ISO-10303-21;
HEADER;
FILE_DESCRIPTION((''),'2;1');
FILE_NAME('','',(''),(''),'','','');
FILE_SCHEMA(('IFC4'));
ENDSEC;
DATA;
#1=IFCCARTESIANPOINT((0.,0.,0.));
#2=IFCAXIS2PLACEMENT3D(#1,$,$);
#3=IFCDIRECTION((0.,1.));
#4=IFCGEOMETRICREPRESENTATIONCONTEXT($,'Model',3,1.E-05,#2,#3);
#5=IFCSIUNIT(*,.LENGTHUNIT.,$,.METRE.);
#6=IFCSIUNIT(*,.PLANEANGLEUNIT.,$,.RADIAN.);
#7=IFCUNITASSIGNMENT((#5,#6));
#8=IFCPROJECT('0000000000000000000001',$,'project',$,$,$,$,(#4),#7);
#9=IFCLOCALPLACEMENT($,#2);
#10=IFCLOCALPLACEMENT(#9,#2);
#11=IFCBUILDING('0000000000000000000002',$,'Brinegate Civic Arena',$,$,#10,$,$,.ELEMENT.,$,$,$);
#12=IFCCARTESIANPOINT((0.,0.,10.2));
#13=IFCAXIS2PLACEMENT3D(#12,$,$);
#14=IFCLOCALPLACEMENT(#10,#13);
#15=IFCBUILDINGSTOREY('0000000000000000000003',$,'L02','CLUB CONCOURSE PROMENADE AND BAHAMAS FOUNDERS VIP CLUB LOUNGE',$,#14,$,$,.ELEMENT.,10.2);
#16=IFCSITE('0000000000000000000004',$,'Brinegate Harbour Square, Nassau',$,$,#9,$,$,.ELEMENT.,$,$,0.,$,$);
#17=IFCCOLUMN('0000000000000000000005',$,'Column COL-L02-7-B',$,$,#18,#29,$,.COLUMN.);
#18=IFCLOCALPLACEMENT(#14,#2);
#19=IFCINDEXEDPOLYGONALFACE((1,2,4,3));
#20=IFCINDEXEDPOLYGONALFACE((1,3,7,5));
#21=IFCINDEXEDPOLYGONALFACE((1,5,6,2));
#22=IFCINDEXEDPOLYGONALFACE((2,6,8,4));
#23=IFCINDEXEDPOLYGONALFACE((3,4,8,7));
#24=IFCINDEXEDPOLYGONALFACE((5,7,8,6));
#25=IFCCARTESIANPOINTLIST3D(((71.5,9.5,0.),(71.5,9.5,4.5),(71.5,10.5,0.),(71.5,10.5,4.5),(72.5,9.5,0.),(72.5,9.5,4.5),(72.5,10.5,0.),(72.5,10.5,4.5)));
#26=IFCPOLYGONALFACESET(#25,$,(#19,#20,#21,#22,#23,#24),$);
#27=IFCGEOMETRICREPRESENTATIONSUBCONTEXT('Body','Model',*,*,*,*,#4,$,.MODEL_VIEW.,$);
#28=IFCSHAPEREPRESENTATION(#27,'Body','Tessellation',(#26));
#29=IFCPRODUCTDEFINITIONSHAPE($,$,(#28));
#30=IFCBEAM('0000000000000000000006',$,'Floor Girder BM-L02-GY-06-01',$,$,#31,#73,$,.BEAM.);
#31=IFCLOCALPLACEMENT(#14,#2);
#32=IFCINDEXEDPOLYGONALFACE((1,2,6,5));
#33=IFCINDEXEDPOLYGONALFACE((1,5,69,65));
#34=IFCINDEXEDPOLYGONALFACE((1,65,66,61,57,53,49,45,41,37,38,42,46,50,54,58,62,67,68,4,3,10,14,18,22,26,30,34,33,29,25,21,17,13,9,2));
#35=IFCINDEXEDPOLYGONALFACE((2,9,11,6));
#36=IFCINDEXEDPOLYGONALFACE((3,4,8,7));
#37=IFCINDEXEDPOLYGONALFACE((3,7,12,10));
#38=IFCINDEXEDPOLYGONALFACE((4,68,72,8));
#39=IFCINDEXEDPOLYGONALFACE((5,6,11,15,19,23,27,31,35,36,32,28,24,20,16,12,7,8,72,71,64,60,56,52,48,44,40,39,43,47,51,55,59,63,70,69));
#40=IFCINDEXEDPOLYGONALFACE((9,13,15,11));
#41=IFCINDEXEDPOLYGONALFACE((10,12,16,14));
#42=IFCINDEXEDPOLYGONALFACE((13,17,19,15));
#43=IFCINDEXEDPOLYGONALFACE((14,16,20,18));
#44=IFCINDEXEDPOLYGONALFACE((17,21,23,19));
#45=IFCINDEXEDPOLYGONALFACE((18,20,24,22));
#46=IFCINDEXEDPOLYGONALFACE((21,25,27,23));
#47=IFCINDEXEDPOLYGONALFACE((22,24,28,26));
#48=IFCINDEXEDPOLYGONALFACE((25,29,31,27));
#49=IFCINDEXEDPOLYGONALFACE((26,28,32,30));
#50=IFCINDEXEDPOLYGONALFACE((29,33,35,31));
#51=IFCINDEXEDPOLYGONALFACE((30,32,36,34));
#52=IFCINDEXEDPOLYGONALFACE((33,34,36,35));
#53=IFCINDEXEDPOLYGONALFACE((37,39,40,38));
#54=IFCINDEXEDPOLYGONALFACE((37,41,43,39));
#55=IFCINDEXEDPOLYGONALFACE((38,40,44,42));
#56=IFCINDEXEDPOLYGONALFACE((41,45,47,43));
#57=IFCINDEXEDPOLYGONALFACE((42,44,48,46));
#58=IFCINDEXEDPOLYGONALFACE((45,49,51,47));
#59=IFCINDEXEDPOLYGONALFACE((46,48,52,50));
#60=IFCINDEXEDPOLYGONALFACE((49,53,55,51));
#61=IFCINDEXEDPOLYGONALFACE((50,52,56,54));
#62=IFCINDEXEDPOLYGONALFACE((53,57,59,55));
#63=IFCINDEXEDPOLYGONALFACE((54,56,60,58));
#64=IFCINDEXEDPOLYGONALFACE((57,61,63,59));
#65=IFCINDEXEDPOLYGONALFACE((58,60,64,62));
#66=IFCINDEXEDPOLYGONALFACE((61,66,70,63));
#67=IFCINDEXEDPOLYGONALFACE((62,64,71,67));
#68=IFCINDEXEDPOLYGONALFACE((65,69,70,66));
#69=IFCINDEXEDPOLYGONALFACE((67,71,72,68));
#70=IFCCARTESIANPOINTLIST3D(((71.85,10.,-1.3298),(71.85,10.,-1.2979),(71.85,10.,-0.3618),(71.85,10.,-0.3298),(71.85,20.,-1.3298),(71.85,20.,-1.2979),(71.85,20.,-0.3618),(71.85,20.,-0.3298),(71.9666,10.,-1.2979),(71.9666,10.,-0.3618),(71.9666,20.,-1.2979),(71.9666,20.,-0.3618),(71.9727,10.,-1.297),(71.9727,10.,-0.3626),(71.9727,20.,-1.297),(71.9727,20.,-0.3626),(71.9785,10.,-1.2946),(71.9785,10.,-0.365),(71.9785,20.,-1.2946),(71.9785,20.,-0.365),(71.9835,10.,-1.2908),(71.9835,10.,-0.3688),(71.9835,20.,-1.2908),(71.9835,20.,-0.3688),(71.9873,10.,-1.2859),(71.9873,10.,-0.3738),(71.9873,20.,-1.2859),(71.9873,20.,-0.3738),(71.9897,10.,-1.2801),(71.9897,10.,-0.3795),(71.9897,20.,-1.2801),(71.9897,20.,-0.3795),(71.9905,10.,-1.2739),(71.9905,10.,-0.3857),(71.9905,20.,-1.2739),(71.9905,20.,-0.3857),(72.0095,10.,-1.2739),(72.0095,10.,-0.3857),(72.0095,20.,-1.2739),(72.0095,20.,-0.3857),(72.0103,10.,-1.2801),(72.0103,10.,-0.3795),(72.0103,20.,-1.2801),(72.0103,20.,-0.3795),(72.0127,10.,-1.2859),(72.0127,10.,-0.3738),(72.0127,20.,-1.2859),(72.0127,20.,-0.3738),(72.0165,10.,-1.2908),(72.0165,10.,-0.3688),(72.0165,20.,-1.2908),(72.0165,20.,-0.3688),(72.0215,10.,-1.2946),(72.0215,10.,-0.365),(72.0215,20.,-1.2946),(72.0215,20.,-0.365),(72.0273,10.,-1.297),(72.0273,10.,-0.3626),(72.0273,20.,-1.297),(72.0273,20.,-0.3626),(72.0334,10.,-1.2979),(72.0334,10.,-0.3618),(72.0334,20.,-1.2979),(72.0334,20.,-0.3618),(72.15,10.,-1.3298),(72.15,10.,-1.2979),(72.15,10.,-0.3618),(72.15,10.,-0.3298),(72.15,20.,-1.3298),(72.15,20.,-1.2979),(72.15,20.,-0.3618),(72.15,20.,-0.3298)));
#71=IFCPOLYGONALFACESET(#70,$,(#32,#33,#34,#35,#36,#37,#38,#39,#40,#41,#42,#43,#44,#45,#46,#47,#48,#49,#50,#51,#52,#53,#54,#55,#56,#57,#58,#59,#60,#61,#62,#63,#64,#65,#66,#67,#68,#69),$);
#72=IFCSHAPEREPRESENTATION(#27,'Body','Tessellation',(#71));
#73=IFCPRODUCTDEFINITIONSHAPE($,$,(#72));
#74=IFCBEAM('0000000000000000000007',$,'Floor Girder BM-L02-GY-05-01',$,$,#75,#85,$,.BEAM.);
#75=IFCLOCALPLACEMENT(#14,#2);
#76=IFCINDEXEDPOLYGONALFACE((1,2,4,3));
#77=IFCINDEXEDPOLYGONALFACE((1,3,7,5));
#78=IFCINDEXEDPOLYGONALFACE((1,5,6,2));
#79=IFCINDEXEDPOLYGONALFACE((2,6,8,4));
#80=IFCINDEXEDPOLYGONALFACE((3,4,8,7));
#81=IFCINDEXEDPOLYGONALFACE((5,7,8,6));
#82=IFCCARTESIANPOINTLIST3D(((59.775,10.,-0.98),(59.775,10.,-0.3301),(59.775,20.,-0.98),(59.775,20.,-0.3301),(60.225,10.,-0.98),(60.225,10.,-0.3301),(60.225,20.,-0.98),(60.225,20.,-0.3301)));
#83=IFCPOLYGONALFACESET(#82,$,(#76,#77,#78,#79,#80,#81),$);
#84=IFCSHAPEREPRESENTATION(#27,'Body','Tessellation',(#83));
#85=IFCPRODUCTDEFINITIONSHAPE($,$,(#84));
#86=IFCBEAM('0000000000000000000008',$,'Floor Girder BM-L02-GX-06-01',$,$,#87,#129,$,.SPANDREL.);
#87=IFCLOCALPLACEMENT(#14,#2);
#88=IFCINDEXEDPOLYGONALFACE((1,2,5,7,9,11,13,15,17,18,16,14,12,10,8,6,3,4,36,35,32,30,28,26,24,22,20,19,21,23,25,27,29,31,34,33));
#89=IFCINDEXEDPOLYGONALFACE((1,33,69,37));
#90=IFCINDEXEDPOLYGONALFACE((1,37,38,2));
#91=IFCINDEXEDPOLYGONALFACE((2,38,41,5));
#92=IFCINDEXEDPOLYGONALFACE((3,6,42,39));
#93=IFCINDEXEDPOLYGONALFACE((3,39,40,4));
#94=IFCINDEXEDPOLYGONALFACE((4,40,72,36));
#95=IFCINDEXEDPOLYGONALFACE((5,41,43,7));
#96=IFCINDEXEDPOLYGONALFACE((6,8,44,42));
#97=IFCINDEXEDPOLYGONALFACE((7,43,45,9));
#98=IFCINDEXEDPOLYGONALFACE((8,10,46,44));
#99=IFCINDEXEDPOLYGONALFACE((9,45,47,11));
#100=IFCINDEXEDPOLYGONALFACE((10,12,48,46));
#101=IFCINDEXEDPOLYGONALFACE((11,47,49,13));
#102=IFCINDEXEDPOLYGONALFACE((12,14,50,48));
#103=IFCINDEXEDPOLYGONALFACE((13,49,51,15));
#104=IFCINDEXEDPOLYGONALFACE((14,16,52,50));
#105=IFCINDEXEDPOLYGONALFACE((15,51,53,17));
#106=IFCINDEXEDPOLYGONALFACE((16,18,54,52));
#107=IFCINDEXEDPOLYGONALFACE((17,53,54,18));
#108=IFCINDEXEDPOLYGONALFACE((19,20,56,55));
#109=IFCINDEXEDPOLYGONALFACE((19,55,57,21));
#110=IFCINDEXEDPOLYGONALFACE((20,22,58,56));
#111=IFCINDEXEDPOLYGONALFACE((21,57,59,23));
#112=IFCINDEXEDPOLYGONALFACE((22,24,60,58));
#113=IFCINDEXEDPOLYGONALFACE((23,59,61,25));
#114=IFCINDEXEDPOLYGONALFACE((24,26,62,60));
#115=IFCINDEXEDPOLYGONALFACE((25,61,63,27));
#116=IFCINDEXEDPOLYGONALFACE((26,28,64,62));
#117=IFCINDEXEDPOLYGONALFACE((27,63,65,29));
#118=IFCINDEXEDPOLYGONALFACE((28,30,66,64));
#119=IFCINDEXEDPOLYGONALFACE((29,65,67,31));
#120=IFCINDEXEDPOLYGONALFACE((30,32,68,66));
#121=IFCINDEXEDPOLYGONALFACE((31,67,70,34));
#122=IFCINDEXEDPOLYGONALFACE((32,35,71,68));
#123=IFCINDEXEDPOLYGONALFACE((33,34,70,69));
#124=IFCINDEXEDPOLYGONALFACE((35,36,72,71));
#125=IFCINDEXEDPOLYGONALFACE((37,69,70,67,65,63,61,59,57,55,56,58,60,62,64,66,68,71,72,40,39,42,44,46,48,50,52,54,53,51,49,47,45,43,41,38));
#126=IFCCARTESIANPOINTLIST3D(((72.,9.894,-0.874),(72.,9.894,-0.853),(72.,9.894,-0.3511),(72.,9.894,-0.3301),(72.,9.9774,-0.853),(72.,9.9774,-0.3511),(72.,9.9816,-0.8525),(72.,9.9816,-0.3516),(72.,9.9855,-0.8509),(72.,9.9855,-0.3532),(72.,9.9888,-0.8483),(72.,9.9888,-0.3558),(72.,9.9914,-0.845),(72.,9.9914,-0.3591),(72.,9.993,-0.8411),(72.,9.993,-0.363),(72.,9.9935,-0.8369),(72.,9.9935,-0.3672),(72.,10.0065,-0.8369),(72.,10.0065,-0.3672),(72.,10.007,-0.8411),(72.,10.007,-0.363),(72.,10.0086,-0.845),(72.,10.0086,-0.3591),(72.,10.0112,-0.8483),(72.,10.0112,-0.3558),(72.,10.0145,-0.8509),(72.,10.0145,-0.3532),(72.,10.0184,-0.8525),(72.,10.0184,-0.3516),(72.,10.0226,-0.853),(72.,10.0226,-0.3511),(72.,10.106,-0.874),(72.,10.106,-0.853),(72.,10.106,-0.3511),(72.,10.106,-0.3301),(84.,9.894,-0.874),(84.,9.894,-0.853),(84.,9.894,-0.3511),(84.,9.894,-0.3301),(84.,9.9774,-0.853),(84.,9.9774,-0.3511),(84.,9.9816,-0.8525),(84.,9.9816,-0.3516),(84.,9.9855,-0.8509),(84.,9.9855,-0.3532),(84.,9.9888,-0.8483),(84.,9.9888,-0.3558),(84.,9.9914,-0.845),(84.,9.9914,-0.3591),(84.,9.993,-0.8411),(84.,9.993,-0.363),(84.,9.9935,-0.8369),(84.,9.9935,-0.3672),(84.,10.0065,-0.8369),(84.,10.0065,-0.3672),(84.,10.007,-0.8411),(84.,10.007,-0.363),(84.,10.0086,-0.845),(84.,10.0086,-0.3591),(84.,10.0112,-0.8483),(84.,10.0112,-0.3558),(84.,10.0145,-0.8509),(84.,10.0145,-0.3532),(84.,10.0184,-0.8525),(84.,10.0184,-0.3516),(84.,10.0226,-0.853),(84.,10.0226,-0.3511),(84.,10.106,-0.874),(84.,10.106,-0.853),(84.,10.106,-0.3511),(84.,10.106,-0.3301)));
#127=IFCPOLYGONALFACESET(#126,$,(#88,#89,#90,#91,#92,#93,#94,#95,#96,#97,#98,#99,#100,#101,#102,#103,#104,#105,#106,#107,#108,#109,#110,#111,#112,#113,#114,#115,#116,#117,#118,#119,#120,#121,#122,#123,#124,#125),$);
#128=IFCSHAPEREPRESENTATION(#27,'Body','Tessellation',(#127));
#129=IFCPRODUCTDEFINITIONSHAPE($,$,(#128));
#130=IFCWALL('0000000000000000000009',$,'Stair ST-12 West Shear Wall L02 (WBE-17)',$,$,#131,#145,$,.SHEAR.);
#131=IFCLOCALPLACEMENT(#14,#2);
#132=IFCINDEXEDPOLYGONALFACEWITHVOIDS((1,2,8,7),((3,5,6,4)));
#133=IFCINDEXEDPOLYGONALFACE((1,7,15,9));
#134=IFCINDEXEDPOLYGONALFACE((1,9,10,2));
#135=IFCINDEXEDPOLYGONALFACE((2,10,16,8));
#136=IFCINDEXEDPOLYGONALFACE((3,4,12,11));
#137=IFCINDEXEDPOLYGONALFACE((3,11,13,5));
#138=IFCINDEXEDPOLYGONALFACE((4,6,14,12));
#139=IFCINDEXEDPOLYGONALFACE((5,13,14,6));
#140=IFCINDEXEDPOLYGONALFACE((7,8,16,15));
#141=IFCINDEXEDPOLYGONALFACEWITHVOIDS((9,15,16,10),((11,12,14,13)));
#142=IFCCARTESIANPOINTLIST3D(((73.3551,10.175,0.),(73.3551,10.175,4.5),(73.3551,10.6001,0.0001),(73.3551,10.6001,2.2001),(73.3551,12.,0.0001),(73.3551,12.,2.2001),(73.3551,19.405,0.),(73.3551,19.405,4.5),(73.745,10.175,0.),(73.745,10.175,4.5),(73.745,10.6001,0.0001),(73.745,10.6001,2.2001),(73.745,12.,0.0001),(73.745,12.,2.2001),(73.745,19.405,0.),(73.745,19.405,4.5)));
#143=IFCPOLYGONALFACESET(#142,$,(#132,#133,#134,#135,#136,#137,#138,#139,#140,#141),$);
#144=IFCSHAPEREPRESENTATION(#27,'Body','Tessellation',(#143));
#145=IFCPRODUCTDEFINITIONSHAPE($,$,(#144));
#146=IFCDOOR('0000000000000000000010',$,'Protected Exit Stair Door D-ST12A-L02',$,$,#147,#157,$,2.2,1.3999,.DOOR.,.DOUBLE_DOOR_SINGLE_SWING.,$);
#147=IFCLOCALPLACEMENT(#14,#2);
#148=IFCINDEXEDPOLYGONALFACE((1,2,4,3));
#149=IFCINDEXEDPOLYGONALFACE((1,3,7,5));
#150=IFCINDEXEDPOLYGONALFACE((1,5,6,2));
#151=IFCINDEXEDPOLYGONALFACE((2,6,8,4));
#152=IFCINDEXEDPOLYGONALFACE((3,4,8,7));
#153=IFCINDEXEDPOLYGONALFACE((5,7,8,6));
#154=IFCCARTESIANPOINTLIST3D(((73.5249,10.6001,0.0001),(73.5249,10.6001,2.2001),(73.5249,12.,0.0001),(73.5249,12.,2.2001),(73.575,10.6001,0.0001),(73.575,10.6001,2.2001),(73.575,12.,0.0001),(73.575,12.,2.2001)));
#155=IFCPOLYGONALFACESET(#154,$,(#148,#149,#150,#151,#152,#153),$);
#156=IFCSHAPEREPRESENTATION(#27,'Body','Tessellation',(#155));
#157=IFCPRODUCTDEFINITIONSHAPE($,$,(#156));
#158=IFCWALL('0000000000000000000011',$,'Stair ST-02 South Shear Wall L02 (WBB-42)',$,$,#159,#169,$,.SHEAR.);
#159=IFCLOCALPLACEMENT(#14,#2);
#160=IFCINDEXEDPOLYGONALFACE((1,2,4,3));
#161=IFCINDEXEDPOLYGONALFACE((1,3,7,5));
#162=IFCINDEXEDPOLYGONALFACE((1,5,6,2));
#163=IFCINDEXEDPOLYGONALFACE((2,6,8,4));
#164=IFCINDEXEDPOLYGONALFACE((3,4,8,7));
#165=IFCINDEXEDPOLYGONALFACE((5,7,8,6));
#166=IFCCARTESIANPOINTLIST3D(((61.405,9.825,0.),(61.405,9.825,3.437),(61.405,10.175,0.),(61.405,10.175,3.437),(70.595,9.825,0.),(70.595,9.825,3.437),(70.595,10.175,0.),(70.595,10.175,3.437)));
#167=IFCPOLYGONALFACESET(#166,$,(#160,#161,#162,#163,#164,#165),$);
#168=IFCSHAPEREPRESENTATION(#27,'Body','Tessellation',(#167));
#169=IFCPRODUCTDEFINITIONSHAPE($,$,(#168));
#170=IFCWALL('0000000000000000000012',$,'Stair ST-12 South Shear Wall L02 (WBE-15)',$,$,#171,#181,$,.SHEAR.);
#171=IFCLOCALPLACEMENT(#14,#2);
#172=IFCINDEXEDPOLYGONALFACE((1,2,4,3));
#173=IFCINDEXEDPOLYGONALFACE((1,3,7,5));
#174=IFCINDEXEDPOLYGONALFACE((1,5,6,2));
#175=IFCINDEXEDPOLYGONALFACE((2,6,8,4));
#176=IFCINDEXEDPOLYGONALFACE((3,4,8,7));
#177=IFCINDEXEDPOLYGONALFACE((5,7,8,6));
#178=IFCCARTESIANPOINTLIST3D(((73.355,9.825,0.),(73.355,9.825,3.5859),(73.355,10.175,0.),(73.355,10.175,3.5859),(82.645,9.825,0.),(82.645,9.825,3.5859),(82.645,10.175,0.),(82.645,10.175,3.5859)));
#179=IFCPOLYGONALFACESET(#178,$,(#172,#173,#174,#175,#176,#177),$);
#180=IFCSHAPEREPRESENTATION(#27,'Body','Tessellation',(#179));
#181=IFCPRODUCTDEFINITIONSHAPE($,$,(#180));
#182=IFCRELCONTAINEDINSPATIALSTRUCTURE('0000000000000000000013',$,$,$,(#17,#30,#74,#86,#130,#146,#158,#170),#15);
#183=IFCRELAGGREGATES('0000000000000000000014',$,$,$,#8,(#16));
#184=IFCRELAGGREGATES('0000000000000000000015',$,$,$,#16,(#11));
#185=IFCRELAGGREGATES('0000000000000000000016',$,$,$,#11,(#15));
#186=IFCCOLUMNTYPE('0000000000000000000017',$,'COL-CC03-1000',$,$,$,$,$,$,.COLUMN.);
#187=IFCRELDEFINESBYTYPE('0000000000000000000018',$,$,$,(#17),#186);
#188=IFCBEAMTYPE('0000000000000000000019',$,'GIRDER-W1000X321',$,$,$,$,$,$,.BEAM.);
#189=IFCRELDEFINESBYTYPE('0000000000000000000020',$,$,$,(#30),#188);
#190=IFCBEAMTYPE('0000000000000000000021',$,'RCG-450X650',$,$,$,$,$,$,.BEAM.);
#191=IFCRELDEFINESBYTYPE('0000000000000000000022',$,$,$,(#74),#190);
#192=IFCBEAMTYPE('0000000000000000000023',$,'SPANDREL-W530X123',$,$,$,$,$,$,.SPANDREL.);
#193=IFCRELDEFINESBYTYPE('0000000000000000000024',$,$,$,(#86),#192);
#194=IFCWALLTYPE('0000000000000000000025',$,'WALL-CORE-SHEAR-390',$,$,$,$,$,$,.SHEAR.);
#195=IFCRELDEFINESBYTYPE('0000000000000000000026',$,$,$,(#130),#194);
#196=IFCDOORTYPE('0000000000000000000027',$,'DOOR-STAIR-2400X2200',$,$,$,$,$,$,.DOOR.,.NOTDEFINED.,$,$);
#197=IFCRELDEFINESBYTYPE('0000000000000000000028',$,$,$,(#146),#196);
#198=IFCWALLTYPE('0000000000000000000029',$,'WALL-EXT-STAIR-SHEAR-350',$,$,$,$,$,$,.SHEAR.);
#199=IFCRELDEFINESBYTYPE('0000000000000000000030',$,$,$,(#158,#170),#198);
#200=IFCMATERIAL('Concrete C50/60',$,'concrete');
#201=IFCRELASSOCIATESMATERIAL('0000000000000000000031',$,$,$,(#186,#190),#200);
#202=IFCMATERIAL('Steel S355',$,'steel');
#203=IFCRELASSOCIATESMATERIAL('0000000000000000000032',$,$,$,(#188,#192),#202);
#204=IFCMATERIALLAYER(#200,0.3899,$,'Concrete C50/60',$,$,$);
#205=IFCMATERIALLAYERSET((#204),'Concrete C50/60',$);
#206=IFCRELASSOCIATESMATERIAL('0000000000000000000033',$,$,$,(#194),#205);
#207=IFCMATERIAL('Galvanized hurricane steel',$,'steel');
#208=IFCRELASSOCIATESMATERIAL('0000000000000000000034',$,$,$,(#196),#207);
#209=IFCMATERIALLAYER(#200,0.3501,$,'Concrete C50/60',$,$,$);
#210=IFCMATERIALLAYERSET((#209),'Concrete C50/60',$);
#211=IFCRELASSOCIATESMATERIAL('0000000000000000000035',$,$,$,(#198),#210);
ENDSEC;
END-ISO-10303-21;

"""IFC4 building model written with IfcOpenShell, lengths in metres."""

from ifc_helpers import new_model, si_unit, direction, frame, frame_2d, origin, origin_2d, place, context, subcontext, project, spatial, rectangle, i_section, extrude, material, layer, layer_set, material_profile, profile_set, type_object, element, fill, save


model = new_model("IFC4")

# Units and contexts
model_context = context("Model", 3, precision=1e-05, world=origin(), true_north=direction((0.0, 1.0)))
body_context = subcontext(model_context, "Body", "Model", "MODEL_VIEW")
ifc_project = project(units=[si_unit("LENGTHUNIT", "METRE"), si_unit("PLANEANGLEUNIT", "RADIAN")], contexts=[model_context])

# Site, building, storey
site_placement = place(None, origin())
site = spatial("IfcSite", under=ifc_project, at=site_placement, Name="Brinegate Harbour Square, Nassau", CompositionType="ELEMENT", RefElevation=0.0)
building_placement = place(site_placement, origin())
building = spatial("IfcBuilding", under=site, at=building_placement, Name="Brinegate Civic Arena", CompositionType="ELEMENT")
storey_placement = place(building_placement, frame((0.0, 0.0, 10.2)))
storey = spatial("IfcBuildingStorey", under=building, at=storey_placement, Name="L02", Description="CLUB CONCOURSE PROMENADE AND BAHAMAS FOUNDERS VIP CLUB LOUNGE", CompositionType="ELEMENT", Elevation=10.2)

# Column
ifc_material_1 = material(Name="Concrete C50/60", Category="concrete")
ifc_material_profile_1 = material_profile(ifc_material_1, rectangle(XDim=1.0, YDim=1.0, at=origin_2d()), Name="RC1000X1000")
ifc_profile_set_1 = profile_set([ifc_material_profile_1], Name="Concrete C50/60")
column_type = type_object("IfcColumnType", Name="COL-CC03-1000", PredefinedType="COLUMN", material=ifc_profile_set_1)
column_placement = place(storey_placement, frame((72.0, 10.0, 0.0), z_axis=(0.0, 0.0, 1.0), x_axis=(1.0, 0.0, 0.0)))
element("IfcColumn", 1, at=column_placement, inside=storey, type_object=column_type, Name="Column COL-L02-7-B", PredefinedType="COLUMN", context=body_context, shape_type="SweptSolid", body=[
    extrude(rectangle(XDim=1.0, YDim=1.0, at=origin_2d()), origin(), (0.0, 0.0, 1.0), 4.5),
])

# Beams
ifc_material_2 = material(Name="Steel S355", Category="steel")
ifc_material_profile_2 = material_profile(ifc_material_2, i_section(OverallWidth=0.3, OverallDepth=1.0, WebThickness=0.019, FlangeThickness=0.032, FilletRadius=0.0239, at=origin_2d()), Name="W1000X321")
ifc_profile_set_2 = profile_set([ifc_material_profile_2], Name="Steel S355")
beam_type_1 = type_object("IfcBeamType", Name="GIRDER-W1000X321", PredefinedType="BEAM", material=ifc_profile_set_2)
beam_1_placement = place(storey_placement, frame((72.0, 10.0, -0.8298), z_axis=(0.0, 1.0, 0.0), x_axis=(-1.0, 0.0, 0.0)))
element("IfcBeam", 2, at=beam_1_placement, inside=storey, type_object=beam_type_1, Name="Floor Girder BM-L02-GY-06-01", PredefinedType="BEAM", context=body_context, shape_type="SweptSolid", body=[
    extrude(i_section(OverallWidth=0.3, OverallDepth=1.0, WebThickness=0.019, FlangeThickness=0.032, FilletRadius=0.0239, at=origin_2d()), origin(), (0.0, 0.0, 1.0), 10.0),
])
ifc_material_profile_3 = material_profile(ifc_material_1, rectangle(XDim=0.45, YDim=0.6499, at=origin_2d()), Name="RCB450X650")
ifc_profile_set_3 = profile_set([ifc_material_profile_3], Name="Concrete C50/60")
beam_type_2 = type_object("IfcBeamType", Name="RCG-450X650", PredefinedType="BEAM", material=ifc_profile_set_3)
beam_2_placement = place(storey_placement, frame((60.0, 10.0, -0.655), z_axis=(0.0, 1.0, 0.0), x_axis=(-1.0, 0.0, 0.0)))
element("IfcBeam", 3, at=beam_2_placement, inside=storey, type_object=beam_type_2, Name="Floor Girder BM-L02-GY-05-01", PredefinedType="BEAM", context=body_context, shape_type="SweptSolid", body=[
    extrude(rectangle(XDim=0.45, YDim=0.6499, at=origin_2d()), origin(), (0.0, 0.0, 1.0), 10.0),
])
ifc_material_profile_4 = material_profile(ifc_material_2, i_section(OverallWidth=0.2119, OverallDepth=0.5439, WebThickness=0.0129, FlangeThickness=0.021, FilletRadius=0.0161, at=origin_2d()), Name="W530X123")
ifc_profile_set_4 = profile_set([ifc_material_profile_4], Name="Steel S355")
beam_type_3 = type_object("IfcBeamType", Name="SPANDREL-W530X123", PredefinedType="SPANDREL", material=ifc_profile_set_4)
beam_3_placement = place(storey_placement, frame((72.0, 10.0, -0.6021), z_axis=(1.0, 0.0, 0.0), x_axis=(0.0, 1.0, 0.0)))
element("IfcBeam", 4, at=beam_3_placement, inside=storey, type_object=beam_type_3, Name="Floor Girder BM-L02-GX-06-01", PredefinedType="SPANDREL", context=body_context, shape_type="SweptSolid", body=[
    extrude(i_section(OverallWidth=0.2119, OverallDepth=0.5439, WebThickness=0.0129, FlangeThickness=0.021, FilletRadius=0.0161, at=origin_2d()), origin(), (0.0, 0.0, 1.0), 12.0),
])

# Wall, opening, door
ifc_layer_1 = layer(ifc_material_1, 0.3899, Name="Concrete C50/60")
ifc_layer_set_1 = layer_set([ifc_layer_1], Name="Concrete C50/60")
wall_type_1 = type_object("IfcWallType", Name="WALL-CORE-SHEAR-390", PredefinedType="SHEAR", material=ifc_layer_set_1)
wall_1_placement = place(storey_placement, frame((73.55, 10.175, 0.0), z_axis=(0.0, 0.0, 1.0), x_axis=(0.0, 1.0, 0.0)))
wall_1 = element("IfcWall", 5, at=wall_1_placement, inside=storey, type_object=wall_type_1, Name="Stair ST-12 West Shear Wall L02 (WBE-17)", PredefinedType="SHEAR", context=body_context, shape_type="SweptSolid", body=[
    extrude(rectangle(XDim=9.23, YDim=0.3899, at=frame_2d((4.615, 0.0))), origin(), (0.0, 0.0, 1.0), 4.5),
])
opening_1_placement = place(wall_1_placement, frame((0.425, 0.0, 0.0)))
opening_1 = element("IfcOpeningElement", 6, at=opening_1_placement, cuts=wall_1, PredefinedType="OPENING", context=body_context, shape_type="SweptSolid", body=[
    extrude(rectangle(XDim=1.3999, YDim=2.2, at=frame_2d((0.7, 1.1001))), frame((0.0, 0.2048, 0.0), z_axis=(0.0, -1.0, 0.0), x_axis=(1.0, 0.0, 0.0)), (0.0, 0.0, 1.0), 0.4099),
])
ifc_material_3 = material(Name="Galvanized hurricane steel", Category="steel")
door_type_1 = type_object("IfcDoorType", Name="DOOR-STAIR-2400X2200", OperationType="NOTDEFINED", PredefinedType="DOOR", material=ifc_material_3)
door_1_placement = place(opening_1_placement, frame((1.3999, 0.0, 0.0), z_axis=(0.0, 0.0, 1.0), x_axis=(-1.0, 0.0, 0.0)))
door_1 = element("IfcDoor", 7, at=door_1_placement, inside=storey, type_object=door_type_1, Name="Protected Exit Stair Door D-ST12A-L02", OperationType="DOUBLE_DOOR_SINGLE_SWING", OverallHeight=2.2, OverallWidth=1.3999, PredefinedType="DOOR", context=body_context, shape_type="SweptSolid", body=[
    extrude(rectangle(XDim=1.3999, YDim=2.2, at=frame_2d((0.7, 1.1001))), frame((0.0, 0.0249, 0.0), z_axis=(0.0, -1.0, 0.0), x_axis=(1.0, 0.0, 0.0)), (0.0, 0.0, 1.0), 0.05),
])
fill(opening_1, door_1)

# Walls
ifc_layer_2 = layer(ifc_material_1, 0.3501, Name="Concrete C50/60")
ifc_layer_set_2 = layer_set([ifc_layer_2], Name="Concrete C50/60")
wall_type_2 = type_object("IfcWallType", Name="WALL-EXT-STAIR-SHEAR-350", PredefinedType="SHEAR", material=ifc_layer_set_2)
wall_2_placement = place(storey_placement, frame((61.405, 10.0, 0.0), z_axis=(0.0, 0.0, 1.0), x_axis=(1.0, 0.0, 0.0)))
element("IfcWall", 8, at=wall_2_placement, inside=storey, type_object=wall_type_2, Name="Stair ST-02 South Shear Wall L02 (WBB-42)", PredefinedType="SHEAR", context=body_context, shape_type="SweptSolid", body=[
    extrude(rectangle(XDim=9.1899, YDim=0.3501, at=frame_2d((4.595, 0.0))), origin(), (0.0, 0.0, 1.0), 3.437),
])
wall_3_placement = place(storey_placement, frame((73.355, 10.0, 0.0), z_axis=(0.0, 0.0, 1.0), x_axis=(1.0, 0.0, 0.0)))
element("IfcWall", 9, at=wall_3_placement, inside=storey, type_object=wall_type_2, Name="Stair ST-12 South Shear Wall L02 (WBE-15)", PredefinedType="SHEAR", context=body_context, shape_type="SweptSolid", body=[
    extrude(rectangle(XDim=9.29, YDim=0.3501, at=frame_2d((4.645, 0.0))), origin(), (0.0, 0.0, 1.0), 3.5859),
])

save(model, "model.ifc")
